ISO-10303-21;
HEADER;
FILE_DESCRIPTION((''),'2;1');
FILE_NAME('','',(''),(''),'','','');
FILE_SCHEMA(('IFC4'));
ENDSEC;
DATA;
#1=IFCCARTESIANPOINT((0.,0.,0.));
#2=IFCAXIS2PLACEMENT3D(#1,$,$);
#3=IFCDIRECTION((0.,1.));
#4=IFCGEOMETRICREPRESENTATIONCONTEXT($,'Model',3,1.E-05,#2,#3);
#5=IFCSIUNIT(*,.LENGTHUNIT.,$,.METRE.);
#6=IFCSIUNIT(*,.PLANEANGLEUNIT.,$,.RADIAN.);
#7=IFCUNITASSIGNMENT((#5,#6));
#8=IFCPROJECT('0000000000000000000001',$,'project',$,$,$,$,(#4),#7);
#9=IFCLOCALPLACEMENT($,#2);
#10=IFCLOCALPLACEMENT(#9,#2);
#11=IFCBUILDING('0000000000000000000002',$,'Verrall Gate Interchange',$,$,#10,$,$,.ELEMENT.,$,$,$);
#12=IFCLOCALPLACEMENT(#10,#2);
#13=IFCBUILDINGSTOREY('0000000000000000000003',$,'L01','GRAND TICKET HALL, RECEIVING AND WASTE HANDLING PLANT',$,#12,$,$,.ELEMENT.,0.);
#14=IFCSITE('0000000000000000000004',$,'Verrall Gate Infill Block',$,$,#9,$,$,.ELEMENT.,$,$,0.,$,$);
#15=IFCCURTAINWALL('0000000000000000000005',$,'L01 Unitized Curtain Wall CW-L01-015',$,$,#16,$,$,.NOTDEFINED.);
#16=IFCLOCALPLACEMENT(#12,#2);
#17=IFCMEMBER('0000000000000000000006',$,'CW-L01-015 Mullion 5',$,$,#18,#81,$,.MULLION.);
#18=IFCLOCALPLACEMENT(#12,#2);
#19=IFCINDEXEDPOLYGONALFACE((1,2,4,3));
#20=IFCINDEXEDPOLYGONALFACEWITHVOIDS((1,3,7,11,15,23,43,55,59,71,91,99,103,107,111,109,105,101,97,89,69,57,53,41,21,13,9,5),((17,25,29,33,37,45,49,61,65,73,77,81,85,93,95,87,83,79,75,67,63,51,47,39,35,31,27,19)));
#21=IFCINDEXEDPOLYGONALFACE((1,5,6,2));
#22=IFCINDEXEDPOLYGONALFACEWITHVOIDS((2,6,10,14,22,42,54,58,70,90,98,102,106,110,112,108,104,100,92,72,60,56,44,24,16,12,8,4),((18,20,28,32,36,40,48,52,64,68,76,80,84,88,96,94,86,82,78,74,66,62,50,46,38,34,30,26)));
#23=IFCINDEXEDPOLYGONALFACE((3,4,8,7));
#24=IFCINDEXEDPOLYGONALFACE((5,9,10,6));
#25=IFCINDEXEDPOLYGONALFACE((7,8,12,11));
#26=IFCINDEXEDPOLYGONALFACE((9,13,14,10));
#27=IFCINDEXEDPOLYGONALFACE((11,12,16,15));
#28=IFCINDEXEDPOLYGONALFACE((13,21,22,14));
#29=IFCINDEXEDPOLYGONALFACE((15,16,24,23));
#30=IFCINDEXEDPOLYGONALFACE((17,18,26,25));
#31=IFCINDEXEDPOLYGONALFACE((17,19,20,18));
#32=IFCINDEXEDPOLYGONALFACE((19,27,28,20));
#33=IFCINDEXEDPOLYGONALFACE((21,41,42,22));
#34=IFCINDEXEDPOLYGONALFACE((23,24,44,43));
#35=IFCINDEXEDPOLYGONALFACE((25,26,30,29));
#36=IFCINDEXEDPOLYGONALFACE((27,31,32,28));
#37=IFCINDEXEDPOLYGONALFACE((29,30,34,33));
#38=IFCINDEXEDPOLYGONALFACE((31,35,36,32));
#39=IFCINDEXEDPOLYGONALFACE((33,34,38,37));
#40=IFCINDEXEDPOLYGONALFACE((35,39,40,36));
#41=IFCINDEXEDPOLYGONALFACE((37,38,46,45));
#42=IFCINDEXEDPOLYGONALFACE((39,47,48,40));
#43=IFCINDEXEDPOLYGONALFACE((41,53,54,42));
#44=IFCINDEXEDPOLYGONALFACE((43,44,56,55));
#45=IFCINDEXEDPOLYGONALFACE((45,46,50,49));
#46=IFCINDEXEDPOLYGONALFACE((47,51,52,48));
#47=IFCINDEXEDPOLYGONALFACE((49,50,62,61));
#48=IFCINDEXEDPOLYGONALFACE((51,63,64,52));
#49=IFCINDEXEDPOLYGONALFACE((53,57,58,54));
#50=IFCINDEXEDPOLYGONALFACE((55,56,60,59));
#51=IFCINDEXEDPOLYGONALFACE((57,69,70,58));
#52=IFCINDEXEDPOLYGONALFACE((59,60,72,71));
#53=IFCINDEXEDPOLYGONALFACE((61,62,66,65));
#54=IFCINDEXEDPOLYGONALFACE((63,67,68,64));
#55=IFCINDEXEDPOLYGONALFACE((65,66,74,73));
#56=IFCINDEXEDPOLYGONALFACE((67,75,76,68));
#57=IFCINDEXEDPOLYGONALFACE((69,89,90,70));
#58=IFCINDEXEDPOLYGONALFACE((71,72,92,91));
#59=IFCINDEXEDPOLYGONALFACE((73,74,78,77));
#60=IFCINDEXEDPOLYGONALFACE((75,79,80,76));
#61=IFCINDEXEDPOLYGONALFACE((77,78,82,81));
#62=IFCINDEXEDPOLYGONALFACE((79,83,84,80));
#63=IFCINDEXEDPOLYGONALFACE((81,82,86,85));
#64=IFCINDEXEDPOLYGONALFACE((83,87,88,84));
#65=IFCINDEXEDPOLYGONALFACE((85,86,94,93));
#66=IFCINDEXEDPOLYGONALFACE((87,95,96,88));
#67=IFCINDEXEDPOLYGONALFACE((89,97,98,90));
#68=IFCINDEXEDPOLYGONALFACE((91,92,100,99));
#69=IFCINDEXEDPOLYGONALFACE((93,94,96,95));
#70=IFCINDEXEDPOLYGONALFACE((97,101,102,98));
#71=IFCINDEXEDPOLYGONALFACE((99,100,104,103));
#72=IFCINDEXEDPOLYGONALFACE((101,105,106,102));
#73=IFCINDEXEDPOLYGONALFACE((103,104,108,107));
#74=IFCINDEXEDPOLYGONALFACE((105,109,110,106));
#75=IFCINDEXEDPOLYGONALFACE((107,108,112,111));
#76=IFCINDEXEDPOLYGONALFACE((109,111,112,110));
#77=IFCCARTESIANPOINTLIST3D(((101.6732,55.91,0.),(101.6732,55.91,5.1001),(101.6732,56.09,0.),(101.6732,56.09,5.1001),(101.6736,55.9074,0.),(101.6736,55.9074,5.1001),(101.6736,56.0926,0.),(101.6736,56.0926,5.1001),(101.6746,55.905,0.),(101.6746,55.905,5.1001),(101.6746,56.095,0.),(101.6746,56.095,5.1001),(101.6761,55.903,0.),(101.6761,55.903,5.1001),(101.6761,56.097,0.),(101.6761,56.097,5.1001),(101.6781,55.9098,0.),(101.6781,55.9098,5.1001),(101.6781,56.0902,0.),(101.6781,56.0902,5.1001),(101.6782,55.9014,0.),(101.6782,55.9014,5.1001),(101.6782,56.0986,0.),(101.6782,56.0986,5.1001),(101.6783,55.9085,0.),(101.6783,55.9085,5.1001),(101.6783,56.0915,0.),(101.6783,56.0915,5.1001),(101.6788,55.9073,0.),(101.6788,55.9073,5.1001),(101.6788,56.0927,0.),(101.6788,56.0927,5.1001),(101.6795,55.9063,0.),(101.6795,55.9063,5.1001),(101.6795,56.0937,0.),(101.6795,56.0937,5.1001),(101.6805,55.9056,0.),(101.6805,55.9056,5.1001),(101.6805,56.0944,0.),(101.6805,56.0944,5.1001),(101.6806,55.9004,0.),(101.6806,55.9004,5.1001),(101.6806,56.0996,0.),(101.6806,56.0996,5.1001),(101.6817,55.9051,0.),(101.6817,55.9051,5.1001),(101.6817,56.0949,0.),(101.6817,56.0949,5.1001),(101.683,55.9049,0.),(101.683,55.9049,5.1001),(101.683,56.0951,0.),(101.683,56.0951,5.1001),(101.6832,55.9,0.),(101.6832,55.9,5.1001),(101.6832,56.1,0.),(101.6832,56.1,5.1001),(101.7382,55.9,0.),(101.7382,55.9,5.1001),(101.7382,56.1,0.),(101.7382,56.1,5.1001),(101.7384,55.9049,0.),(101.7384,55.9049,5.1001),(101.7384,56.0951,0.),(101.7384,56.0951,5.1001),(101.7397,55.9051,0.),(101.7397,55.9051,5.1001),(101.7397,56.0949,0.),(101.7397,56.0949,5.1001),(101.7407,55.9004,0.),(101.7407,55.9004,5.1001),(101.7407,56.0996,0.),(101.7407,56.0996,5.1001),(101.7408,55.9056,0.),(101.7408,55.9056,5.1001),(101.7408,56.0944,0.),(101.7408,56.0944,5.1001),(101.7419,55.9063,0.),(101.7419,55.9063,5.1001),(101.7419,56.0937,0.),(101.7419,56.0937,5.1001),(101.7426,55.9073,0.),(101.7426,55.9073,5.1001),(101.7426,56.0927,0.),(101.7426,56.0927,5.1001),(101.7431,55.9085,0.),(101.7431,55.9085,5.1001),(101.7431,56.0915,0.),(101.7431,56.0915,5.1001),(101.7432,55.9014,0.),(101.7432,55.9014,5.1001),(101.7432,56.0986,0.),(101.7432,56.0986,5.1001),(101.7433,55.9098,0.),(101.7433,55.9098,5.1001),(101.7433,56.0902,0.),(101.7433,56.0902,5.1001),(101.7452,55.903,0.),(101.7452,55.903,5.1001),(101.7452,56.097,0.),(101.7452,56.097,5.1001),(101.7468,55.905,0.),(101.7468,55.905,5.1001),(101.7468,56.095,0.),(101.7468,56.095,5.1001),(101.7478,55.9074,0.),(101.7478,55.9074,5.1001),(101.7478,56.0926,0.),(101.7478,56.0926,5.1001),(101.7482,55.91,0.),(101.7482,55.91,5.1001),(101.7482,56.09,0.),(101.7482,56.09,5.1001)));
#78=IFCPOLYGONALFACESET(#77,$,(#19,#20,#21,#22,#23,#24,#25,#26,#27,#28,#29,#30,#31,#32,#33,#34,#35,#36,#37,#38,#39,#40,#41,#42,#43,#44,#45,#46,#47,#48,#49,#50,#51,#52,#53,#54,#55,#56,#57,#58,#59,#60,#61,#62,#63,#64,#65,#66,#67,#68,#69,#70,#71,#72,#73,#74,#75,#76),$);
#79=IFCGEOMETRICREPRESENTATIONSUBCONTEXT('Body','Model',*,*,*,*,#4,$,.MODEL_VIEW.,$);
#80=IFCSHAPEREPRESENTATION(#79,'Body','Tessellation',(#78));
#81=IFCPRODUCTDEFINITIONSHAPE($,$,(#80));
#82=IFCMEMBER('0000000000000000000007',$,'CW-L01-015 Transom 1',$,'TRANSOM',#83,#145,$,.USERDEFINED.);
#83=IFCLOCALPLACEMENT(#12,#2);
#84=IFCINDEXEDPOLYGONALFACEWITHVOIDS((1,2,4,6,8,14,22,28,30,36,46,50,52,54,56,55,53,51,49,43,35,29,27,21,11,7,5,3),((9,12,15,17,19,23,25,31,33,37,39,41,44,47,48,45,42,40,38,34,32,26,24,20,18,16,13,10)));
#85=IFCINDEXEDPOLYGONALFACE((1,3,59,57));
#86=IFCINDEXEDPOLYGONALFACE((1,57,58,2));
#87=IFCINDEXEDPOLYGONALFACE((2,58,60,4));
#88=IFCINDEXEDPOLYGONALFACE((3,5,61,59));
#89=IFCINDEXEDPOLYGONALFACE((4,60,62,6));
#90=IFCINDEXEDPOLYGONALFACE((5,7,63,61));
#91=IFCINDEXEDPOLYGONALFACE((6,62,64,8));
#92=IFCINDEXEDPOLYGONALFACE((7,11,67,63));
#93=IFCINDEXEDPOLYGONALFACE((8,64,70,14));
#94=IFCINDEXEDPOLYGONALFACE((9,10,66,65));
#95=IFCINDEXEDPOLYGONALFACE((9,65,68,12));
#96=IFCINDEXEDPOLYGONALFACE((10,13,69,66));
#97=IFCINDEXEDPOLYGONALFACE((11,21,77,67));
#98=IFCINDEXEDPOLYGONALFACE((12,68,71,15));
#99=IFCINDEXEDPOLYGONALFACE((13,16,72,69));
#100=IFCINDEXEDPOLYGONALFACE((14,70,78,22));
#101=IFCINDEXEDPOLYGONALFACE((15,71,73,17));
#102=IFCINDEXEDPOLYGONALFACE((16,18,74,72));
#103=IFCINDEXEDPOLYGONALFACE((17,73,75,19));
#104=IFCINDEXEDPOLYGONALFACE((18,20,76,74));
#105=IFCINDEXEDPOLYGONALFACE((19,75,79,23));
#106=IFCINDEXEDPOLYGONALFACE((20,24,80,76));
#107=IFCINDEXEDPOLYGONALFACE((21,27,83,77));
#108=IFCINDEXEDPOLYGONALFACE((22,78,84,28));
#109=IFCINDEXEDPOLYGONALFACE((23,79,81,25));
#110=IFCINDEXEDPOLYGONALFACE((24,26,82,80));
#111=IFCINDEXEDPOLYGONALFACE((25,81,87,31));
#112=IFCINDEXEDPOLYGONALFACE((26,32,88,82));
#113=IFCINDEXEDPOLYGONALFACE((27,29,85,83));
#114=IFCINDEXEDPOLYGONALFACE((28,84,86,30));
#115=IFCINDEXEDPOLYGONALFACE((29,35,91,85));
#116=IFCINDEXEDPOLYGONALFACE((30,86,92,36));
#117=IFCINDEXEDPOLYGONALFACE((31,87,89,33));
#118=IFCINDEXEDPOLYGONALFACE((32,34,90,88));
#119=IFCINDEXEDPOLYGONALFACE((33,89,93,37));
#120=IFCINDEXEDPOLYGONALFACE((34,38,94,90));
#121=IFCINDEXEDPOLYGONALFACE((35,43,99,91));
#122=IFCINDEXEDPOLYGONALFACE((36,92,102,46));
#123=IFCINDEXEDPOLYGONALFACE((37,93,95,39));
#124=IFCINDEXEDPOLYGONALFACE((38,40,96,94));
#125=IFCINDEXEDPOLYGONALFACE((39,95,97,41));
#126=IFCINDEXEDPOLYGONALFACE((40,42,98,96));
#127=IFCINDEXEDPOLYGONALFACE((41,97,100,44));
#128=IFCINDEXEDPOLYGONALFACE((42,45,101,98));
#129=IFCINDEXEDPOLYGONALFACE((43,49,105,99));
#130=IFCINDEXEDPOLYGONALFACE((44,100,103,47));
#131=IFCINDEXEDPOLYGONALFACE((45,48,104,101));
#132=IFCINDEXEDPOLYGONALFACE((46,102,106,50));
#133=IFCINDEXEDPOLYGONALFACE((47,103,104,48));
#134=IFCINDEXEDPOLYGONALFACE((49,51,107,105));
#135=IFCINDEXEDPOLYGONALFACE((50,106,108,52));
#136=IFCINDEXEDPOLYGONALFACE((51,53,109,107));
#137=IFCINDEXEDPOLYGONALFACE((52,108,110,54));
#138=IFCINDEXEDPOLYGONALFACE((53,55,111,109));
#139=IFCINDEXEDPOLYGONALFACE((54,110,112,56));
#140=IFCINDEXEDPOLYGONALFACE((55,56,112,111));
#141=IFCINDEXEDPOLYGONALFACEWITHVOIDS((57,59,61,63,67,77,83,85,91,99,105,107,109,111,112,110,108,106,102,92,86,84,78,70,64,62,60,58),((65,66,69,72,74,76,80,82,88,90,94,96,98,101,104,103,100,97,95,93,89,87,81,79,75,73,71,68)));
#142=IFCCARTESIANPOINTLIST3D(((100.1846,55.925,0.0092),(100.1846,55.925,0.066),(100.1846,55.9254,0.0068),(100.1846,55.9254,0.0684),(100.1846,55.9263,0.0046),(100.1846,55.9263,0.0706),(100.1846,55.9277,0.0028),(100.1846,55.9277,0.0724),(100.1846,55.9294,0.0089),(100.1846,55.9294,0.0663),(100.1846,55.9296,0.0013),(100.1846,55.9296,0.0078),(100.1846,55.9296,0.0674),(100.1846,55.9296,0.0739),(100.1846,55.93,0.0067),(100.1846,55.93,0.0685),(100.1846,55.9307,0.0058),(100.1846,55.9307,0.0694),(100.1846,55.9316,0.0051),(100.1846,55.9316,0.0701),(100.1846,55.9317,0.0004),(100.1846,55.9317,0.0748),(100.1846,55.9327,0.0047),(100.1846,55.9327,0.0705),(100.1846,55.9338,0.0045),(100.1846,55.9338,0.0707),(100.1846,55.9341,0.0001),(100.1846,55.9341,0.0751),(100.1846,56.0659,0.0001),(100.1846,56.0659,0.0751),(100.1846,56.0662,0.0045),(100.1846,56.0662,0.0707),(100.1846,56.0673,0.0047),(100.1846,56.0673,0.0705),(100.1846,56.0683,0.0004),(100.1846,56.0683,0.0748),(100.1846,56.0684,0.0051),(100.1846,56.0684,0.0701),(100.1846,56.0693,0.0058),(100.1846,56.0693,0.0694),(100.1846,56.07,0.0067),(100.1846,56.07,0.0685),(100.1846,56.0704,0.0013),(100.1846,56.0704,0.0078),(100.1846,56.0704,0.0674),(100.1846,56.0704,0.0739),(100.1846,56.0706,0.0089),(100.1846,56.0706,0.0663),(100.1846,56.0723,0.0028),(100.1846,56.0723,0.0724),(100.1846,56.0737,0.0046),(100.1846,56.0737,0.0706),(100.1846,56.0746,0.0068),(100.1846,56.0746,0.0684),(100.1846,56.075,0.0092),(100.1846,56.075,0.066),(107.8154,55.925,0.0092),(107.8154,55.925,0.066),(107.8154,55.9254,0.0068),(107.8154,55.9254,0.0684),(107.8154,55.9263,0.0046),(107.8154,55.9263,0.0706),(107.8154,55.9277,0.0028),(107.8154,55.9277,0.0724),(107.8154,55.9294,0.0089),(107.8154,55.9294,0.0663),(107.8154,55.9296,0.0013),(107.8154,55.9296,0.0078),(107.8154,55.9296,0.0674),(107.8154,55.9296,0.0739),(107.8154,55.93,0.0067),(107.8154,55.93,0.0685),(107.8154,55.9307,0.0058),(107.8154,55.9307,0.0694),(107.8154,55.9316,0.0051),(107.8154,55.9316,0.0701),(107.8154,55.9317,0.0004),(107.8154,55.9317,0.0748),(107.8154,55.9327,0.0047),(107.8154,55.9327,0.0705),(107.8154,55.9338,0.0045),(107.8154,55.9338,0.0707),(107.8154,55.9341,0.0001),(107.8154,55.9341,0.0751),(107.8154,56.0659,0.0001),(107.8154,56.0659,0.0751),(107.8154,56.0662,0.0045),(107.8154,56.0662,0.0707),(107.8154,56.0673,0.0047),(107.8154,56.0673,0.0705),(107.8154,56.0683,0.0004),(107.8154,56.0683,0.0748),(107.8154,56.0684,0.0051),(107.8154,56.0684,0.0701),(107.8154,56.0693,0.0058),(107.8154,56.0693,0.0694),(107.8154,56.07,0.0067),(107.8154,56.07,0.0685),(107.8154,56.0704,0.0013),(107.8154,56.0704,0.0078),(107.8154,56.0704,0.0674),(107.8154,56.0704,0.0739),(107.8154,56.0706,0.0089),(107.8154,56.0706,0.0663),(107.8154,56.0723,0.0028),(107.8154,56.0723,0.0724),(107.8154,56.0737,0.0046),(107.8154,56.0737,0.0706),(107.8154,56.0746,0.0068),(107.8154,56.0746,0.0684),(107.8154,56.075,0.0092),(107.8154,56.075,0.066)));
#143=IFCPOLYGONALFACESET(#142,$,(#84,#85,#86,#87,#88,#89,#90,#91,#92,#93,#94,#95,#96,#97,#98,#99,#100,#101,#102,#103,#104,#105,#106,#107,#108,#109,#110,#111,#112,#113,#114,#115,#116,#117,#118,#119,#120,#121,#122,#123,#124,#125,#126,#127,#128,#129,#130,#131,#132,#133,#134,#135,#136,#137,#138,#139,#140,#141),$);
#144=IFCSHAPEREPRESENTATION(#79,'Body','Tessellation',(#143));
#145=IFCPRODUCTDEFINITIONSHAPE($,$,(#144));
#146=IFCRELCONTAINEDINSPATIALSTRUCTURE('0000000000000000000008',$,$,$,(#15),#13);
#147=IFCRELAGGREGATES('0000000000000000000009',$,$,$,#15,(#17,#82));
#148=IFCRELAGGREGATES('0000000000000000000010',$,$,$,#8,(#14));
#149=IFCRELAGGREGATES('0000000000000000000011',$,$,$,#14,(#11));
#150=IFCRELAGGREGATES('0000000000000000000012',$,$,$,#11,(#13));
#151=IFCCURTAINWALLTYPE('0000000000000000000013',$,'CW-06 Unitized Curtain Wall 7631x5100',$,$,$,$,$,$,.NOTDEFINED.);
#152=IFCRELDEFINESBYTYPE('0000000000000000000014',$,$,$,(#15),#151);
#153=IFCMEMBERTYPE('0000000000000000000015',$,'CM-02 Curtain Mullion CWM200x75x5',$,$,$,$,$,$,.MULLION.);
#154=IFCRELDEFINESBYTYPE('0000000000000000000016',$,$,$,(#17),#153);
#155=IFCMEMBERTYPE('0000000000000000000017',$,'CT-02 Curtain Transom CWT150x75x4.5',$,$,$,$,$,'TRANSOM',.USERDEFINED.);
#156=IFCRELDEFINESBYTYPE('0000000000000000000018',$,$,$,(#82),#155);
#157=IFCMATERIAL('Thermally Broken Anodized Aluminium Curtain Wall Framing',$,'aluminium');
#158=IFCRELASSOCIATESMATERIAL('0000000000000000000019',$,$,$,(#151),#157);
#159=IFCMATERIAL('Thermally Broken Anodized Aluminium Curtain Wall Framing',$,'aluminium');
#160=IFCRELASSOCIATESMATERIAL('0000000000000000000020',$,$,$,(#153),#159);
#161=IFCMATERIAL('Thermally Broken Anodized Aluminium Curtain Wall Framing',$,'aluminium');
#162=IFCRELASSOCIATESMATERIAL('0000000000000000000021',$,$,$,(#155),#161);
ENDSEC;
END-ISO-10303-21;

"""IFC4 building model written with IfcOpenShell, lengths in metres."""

from ifc_helpers import new_model, si_unit, direction, frame, origin, origin_2d, place, context, subcontext, project, spatial, hollow_rectangle, extrude, material, material_profile, profile_set, type_object, element, aggregate, save


model = new_model("IFC4")

# Units and contexts
model_context = context("Model", 3, precision=1e-05, world=origin(), true_north=direction((0.0, 1.0)))
body_context = subcontext(model_context, "Body", "Model", "MODEL_VIEW")
ifc_project = project(units=[si_unit("LENGTHUNIT", "METRE"), si_unit("PLANEANGLEUNIT", "RADIAN")], contexts=[model_context])

# Site, building, storey
site_placement = place(None, origin())
site = spatial("IfcSite", under=ifc_project, at=site_placement, Name="Verrall Gate Infill Block", CompositionType="ELEMENT", RefElevation=0.0)
building_placement = place(site_placement, origin())
building = spatial("IfcBuilding", under=site, at=building_placement, Name="Verrall Gate Interchange", CompositionType="ELEMENT")
storey_placement = place(building_placement, origin())
storey = spatial("IfcBuildingStorey", under=building, at=storey_placement, Name="L01", Description="GRAND TICKET HALL, RECEIVING AND WASTE HANDLING PLANT", CompositionType="ELEMENT", Elevation=0.0)

# Curtain wall, members
ifc_material_1 = material(Name="Thermally Broken Anodized Aluminium Curtain Wall Framing", Category="aluminium")
curtain_wall_type = type_object("IfcCurtainWallType", Name="CW-06 Unitized Curtain Wall 7631x5100", PredefinedType="NOTDEFINED", material=ifc_material_1)
curtain_wall_placement = place(storey_placement, origin())
curtain_wall = element("IfcCurtainWall", 1, at=curtain_wall_placement, inside=storey, type_object=curtain_wall_type, Name="L01 Unitized Curtain Wall CW-L01-015", PredefinedType="NOTDEFINED")
ifc_material_2 = material(Name="Thermally Broken Anodized Aluminium Curtain Wall Framing", Category="aluminium")
ifc_material_profile_1 = material_profile(ifc_material_2, hollow_rectangle(XDim=0.075, YDim=0.2, WallThickness=0.0049, InnerFilletRadius=0.0049, OuterFilletRadius=0.01, at=origin_2d()), Name="CWM200x75x5")
ifc_profile_set_1 = profile_set([ifc_material_profile_1], Name="Thermally Broken Anodized Aluminium Curtain Wall Framing")
member_type_1 = type_object("IfcMemberType", Name="CM-02 Curtain Mullion CWM200x75x5", PredefinedType="MULLION", material=ifc_profile_set_1)
member_1_placement = place(storey_placement, frame((101.7107, 56.0, 0.0), z_axis=(0.0, 0.0, 1.0), x_axis=(-1.0, 0.0, 0.0)))
member_1 = element("IfcMember", 2, at=member_1_placement, type_object=member_type_1, Name="CW-L01-015 Mullion 5", PredefinedType="MULLION", context=body_context, shape_type="SweptSolid", body=[
    extrude(hollow_rectangle(XDim=0.075, YDim=0.2, WallThickness=0.0049, InnerFilletRadius=0.0049, OuterFilletRadius=0.01, at=origin_2d()), origin(), (0.0, 0.0, 1.0), 5.1001),
])
ifc_material_3 = material(Name="Thermally Broken Anodized Aluminium Curtain Wall Framing", Category="aluminium")
ifc_material_profile_2 = material_profile(ifc_material_3, hollow_rectangle(XDim=0.1499, YDim=0.075, WallThickness=0.0044, InnerFilletRadius=0.0044, OuterFilletRadius=0.009, at=origin_2d()), Name="CWT150x75x4.5")
ifc_profile_set_2 = profile_set([ifc_material_profile_2], Name="Thermally Broken Anodized Aluminium Curtain Wall Framing")
member_type_2 = type_object("IfcMemberType", Name="CT-02 Curtain Transom CWT150x75x4.5", ElementType="TRANSOM", PredefinedType="USERDEFINED", material=ifc_profile_set_2)
member_2_placement = place(storey_placement, frame((107.8154, 56.0, 0.0376), z_axis=(-1.0, 0.0, 0.0), x_axis=(0.0, -1.0, 0.0)))
member_2 = element("IfcMember", 3, at=member_2_placement, type_object=member_type_2, Name="CW-L01-015 Transom 1", ObjectType="TRANSOM", PredefinedType="USERDEFINED", context=body_context, shape_type="SweptSolid", body=[
    extrude(hollow_rectangle(XDim=0.1499, YDim=0.075, WallThickness=0.0044, InnerFilletRadius=0.0044, OuterFilletRadius=0.009, at=origin_2d()), origin(), (0.0, 0.0, 1.0), 7.6309),
])
aggregate(curtain_wall, [member_1, member_2])

save(model, "model.ifc")
